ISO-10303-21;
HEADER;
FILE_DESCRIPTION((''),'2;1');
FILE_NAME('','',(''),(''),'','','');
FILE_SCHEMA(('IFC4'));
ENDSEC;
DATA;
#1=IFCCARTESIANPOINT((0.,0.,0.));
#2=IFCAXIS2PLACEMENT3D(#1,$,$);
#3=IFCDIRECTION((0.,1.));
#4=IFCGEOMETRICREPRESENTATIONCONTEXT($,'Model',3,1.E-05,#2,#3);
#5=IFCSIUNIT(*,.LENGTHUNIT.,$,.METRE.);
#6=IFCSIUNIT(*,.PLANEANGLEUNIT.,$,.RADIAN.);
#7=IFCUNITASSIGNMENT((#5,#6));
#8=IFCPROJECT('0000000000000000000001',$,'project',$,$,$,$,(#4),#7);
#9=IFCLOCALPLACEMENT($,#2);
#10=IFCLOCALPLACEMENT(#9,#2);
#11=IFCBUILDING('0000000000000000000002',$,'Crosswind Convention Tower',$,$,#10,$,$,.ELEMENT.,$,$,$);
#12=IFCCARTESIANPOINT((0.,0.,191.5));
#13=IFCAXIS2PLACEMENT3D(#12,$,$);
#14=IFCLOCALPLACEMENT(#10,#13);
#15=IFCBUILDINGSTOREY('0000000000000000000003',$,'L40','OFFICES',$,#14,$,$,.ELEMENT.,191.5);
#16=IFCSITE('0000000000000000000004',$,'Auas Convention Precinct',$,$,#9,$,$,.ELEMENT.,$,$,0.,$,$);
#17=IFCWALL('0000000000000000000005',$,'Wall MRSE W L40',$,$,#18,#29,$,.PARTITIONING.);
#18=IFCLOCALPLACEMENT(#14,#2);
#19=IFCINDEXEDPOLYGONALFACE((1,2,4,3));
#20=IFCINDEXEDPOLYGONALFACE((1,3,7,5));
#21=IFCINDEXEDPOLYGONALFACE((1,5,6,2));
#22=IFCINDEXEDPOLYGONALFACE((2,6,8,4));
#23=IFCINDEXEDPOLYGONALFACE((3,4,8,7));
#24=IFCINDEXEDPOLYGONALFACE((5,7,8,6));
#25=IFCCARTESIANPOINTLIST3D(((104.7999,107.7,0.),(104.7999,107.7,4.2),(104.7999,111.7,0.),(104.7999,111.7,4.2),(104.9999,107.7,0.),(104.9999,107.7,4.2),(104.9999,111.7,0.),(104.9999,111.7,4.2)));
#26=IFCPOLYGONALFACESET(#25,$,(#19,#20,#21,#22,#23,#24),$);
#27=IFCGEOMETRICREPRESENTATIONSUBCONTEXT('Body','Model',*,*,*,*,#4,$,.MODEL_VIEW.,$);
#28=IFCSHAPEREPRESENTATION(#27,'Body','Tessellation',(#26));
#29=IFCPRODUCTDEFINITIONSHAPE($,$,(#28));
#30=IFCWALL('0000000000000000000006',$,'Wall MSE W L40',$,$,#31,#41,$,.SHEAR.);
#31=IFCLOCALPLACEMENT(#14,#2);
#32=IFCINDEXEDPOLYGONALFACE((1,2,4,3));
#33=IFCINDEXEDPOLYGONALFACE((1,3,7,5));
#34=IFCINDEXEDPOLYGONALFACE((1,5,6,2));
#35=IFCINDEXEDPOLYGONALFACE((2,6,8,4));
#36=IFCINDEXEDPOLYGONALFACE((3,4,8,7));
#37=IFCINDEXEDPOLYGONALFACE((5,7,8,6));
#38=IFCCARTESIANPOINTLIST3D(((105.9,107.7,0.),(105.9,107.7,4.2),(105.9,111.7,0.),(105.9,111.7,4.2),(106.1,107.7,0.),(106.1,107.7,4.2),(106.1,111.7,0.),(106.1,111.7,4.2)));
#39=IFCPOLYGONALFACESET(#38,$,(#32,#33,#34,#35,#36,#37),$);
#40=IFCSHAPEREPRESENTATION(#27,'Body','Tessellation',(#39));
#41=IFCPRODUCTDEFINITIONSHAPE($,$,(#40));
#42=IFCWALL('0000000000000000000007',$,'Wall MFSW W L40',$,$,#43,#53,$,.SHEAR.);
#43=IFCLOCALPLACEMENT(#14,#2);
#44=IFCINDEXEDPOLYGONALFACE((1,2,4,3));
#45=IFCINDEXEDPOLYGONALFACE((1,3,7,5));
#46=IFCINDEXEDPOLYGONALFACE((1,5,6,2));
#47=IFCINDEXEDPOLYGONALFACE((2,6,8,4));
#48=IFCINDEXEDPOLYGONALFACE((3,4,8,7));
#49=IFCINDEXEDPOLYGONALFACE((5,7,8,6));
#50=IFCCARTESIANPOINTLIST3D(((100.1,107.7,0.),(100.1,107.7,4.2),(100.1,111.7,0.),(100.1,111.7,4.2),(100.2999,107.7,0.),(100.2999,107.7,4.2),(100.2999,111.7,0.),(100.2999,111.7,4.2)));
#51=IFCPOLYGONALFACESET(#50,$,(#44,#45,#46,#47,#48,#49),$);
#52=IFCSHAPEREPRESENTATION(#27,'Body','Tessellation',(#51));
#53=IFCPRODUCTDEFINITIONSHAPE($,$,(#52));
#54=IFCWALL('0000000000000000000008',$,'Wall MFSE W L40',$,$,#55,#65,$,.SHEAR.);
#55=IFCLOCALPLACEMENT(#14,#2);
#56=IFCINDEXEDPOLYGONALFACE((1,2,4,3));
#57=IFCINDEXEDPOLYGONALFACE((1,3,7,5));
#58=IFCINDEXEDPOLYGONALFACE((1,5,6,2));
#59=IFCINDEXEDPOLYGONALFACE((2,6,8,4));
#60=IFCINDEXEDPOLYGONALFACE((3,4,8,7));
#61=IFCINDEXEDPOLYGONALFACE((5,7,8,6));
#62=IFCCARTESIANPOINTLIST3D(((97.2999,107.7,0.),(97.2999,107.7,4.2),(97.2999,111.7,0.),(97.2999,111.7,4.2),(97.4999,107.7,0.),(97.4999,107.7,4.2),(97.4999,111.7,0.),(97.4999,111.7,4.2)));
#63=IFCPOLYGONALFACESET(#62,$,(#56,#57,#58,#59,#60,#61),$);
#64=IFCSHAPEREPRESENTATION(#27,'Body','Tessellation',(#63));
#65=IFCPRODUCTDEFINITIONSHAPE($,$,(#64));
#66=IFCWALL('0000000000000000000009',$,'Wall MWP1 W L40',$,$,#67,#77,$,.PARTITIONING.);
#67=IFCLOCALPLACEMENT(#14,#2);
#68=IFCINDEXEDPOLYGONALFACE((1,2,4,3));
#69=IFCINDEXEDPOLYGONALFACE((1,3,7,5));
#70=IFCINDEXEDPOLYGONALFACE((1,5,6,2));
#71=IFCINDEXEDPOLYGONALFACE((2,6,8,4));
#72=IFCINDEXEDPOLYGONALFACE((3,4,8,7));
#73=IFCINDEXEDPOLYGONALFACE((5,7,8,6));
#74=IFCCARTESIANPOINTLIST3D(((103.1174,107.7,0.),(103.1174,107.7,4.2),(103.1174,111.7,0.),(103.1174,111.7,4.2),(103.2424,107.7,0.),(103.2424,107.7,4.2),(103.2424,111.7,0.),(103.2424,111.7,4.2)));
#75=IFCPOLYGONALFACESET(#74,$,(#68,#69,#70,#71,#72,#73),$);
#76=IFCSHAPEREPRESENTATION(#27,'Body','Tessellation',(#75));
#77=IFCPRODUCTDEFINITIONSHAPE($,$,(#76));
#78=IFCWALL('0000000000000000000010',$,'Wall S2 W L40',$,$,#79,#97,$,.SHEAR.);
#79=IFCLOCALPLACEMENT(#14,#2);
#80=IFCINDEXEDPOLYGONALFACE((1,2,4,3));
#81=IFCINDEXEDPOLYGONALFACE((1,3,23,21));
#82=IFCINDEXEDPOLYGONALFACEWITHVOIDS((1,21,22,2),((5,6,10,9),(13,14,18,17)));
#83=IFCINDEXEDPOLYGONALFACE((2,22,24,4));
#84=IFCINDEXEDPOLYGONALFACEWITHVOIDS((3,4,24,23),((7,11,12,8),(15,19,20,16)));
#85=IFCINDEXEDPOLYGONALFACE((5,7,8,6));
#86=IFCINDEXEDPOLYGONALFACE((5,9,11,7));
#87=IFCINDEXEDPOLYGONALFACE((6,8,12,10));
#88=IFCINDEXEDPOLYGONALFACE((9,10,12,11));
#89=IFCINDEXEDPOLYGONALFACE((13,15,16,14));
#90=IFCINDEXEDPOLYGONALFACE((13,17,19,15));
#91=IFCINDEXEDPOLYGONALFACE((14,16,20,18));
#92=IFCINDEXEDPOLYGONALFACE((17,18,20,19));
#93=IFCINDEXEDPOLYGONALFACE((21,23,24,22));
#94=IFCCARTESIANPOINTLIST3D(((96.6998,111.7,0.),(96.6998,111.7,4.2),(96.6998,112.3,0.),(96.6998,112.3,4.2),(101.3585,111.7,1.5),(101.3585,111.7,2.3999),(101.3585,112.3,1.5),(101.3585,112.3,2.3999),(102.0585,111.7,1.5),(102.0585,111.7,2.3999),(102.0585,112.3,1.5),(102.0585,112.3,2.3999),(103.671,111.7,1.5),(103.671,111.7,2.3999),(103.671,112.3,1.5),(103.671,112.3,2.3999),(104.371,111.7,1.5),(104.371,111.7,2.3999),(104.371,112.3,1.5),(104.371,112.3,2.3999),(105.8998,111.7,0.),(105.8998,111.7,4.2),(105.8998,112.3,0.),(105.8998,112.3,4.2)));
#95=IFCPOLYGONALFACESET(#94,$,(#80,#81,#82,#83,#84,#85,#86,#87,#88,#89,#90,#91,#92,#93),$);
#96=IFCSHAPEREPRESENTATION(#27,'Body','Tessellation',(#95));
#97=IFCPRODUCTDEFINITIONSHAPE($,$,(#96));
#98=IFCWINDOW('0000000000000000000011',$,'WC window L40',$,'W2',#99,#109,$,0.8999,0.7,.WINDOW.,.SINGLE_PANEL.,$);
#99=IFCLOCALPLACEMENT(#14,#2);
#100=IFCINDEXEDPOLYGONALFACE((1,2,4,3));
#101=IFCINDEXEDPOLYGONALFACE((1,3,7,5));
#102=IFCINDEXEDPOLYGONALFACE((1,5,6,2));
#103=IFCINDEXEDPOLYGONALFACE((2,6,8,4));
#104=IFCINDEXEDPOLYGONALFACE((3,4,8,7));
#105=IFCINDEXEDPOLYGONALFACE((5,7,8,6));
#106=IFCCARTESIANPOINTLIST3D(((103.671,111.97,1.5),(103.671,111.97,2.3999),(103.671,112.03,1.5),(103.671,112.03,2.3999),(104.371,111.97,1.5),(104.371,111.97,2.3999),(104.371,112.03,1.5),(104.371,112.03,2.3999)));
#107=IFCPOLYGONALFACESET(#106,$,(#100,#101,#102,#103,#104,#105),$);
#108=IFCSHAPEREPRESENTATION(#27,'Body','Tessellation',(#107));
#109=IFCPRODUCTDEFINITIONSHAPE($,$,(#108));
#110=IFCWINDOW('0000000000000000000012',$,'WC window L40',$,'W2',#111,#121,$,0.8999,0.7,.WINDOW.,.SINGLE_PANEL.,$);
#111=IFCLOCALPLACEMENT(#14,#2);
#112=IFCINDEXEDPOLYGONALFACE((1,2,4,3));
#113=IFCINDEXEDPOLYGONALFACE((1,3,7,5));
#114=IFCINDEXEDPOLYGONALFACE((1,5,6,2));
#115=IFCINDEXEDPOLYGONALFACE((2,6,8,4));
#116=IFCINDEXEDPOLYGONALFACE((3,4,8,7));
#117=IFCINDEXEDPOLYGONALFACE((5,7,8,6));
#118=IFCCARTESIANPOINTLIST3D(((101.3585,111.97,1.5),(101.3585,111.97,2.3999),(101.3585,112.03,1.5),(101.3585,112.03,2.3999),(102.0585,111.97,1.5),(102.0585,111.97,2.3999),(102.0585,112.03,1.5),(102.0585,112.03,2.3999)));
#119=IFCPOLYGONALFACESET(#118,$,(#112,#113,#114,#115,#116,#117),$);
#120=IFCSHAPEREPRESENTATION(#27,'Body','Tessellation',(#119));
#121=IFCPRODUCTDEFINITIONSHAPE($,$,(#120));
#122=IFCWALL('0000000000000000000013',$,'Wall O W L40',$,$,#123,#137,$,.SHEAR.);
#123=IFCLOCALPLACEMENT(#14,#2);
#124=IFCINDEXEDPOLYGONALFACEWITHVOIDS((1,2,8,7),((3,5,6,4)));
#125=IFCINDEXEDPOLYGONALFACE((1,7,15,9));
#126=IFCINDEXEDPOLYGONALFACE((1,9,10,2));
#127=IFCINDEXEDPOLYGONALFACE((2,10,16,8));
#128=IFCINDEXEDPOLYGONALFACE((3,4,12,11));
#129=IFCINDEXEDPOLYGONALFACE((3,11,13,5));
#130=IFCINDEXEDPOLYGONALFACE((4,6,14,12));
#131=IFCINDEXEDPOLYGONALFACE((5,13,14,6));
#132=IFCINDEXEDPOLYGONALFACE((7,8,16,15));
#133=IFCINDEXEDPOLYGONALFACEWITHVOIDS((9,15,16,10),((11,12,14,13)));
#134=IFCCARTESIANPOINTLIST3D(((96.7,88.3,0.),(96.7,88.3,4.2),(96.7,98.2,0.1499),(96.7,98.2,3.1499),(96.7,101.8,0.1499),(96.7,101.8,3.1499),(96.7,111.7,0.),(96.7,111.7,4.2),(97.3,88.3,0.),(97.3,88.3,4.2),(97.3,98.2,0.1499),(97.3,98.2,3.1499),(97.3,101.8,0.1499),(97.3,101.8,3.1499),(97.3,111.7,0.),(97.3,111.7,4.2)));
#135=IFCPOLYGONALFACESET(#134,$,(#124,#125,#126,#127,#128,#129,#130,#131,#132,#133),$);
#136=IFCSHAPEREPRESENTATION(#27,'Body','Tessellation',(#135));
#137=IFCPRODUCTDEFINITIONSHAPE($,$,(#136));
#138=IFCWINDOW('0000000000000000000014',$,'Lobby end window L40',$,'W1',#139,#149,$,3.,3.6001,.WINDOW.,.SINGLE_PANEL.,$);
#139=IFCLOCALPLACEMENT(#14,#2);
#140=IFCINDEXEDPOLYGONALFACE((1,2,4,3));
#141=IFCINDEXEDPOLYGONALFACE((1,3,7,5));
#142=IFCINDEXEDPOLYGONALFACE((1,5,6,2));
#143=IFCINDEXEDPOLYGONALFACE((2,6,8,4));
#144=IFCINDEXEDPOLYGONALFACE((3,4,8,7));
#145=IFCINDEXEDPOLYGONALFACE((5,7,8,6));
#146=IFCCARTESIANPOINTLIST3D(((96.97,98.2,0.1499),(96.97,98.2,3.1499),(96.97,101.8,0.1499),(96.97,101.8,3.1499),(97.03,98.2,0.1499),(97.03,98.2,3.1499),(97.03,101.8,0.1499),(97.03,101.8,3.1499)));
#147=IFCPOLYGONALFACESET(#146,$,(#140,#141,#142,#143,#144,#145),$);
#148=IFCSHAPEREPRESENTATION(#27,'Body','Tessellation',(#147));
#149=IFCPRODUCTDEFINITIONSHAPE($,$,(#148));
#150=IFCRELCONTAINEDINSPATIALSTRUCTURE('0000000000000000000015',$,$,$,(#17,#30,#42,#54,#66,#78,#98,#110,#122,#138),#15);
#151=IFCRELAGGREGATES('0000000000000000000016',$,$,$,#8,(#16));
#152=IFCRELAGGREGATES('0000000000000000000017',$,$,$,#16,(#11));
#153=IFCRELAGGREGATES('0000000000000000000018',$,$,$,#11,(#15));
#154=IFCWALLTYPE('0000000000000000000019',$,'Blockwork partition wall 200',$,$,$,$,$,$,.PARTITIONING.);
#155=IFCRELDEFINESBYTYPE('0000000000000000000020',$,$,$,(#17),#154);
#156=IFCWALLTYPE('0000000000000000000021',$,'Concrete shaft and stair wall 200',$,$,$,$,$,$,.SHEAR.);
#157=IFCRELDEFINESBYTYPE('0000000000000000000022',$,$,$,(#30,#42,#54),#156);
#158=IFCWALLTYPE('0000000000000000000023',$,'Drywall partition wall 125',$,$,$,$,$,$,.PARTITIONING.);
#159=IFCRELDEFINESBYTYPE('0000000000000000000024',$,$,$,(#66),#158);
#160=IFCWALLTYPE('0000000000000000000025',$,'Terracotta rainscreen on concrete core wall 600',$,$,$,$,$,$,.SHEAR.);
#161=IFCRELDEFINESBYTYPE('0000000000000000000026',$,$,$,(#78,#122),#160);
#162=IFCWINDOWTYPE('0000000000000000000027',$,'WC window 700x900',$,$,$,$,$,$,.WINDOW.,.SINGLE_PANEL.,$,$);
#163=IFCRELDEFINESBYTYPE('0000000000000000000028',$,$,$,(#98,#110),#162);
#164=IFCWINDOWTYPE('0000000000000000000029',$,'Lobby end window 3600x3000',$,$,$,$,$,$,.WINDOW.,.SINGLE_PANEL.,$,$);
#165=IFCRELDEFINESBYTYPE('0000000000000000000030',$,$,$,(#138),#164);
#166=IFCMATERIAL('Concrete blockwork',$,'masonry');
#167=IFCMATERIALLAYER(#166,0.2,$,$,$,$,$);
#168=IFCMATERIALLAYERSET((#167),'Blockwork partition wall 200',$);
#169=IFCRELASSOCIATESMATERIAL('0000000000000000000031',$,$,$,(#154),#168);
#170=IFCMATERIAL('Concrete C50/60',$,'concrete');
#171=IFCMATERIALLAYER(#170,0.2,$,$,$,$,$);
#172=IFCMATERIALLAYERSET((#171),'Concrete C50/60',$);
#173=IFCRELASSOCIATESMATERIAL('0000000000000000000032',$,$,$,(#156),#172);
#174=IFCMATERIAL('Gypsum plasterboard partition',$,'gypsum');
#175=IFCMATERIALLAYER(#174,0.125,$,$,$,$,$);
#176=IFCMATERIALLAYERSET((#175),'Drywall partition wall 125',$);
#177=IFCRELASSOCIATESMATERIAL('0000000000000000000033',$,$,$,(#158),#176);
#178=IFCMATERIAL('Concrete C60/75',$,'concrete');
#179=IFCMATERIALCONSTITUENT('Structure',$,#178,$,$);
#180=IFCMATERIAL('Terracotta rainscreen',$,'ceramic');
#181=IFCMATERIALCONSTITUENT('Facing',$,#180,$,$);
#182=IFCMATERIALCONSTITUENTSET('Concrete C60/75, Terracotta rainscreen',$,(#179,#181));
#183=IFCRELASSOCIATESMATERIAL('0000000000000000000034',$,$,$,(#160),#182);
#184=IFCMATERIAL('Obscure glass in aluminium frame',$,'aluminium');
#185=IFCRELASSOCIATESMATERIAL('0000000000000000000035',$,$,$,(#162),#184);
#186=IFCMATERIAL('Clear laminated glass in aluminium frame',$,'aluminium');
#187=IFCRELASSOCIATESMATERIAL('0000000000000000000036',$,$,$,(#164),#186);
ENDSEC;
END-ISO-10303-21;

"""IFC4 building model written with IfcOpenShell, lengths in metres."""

from ifc_helpers import new_model, si_unit, direction, frame, frame_2d, origin, place, context, subcontext, project, spatial, rectangle, extrude, material, layer, layer_set, constituent, constituent_set, type_object, element, fill, save


model = new_model("IFC4")

# Units and contexts
model_context = context("Model", 3, precision=1e-05, world=origin(), true_north=direction((0.0, 1.0)))
body_context = subcontext(model_context, "Body", "Model", "MODEL_VIEW")
ifc_project = project(units=[si_unit("LENGTHUNIT", "METRE"), si_unit("PLANEANGLEUNIT", "RADIAN")], contexts=[model_context])

# Site, building, storey
site_placement = place(None, origin())
site = spatial("IfcSite", under=ifc_project, at=site_placement, Name="Auas Convention Precinct", CompositionType="ELEMENT", RefElevation=0.0)
building_placement = place(site_placement, origin())
building = spatial("IfcBuilding", under=site, at=building_placement, Name="Crosswind Convention Tower", CompositionType="ELEMENT")
storey_placement = place(building_placement, frame((0.0, 0.0, 191.5)))
storey = spatial("IfcBuildingStorey", under=building, at=storey_placement, Name="L40", Description="OFFICES", CompositionType="ELEMENT", Elevation=191.5)

# Walls
ifc_material_1 = material(Name="Concrete blockwork", Category="masonry")
ifc_layer_1 = layer(ifc_material_1, 0.2)
ifc_layer_set_1 = layer_set([ifc_layer_1], Name="Blockwork partition wall 200")
wall_type_1 = type_object("IfcWallType", Name="Blockwork partition wall 200", PredefinedType="PARTITIONING", material=ifc_layer_set_1)
wall_1_placement = place(storey_placement, frame((104.8999, 111.7, 0.0), z_axis=(0.0, 0.0, 1.0), x_axis=(0.0, -1.0, 0.0)))
element("IfcWall", 1, at=wall_1_placement, inside=storey, type_object=wall_type_1, Name="Wall MRSE W L40", PredefinedType="PARTITIONING", context=body_context, shape_type="SweptSolid", body=[
    extrude(rectangle(XDim=4.0, YDim=0.2, at=frame_2d((2.0, 0.0))), origin(), (0.0, 0.0, 1.0), 4.2),
])
ifc_material_2 = material(Name="Concrete C50/60", Category="concrete")
ifc_layer_2 = layer(ifc_material_2, 0.2)
ifc_layer_set_2 = layer_set([ifc_layer_2], Name="Concrete C50/60")
wall_type_2 = type_object("IfcWallType", Name="Concrete shaft and stair wall 200", PredefinedType="SHEAR", material=ifc_layer_set_2)
for number, where, z_axis, x_axis, name in (
    (2, (106.0, 111.7, 0.0), (0.0, 0.0, 1.0), (0.0, -1.0, 0.0), "Wall MSE W L40"),
    (3, (100.2, 111.7, 0.0), (0.0, 0.0, 1.0), (0.0, -1.0, 0.0), "Wall MFSW W L40"),
    (4, (97.3999, 111.7, 0.0), (0.0, 0.0, 1.0), (0.0, -1.0, 0.0), "Wall MFSE W L40"),
):
    element("IfcWall", number, at=place(storey_placement, frame(where, z_axis=z_axis, x_axis=x_axis)), inside=storey, type_object=wall_type_2, Name=name, PredefinedType="SHEAR", context=body_context, shape_type="SweptSolid", body=[
        extrude(rectangle(XDim=4.0, YDim=0.2, at=frame_2d((2.0, 0.0))), origin(), (0.0, 0.0, 1.0), 4.2),
    ])
ifc_material_3 = material(Name="Gypsum plasterboard partition", Category="gypsum")
ifc_layer_3 = layer(ifc_material_3, 0.125)
ifc_layer_set_3 = layer_set([ifc_layer_3], Name="Drywall partition wall 125")
wall_type_3 = type_object("IfcWallType", Name="Drywall partition wall 125", PredefinedType="PARTITIONING", material=ifc_layer_set_3)
wall_2_placement = place(storey_placement, frame((103.1799, 111.7, 0.0), z_axis=(0.0, 0.0, 1.0), x_axis=(0.0, -1.0, 0.0)))
element("IfcWall", 5, at=wall_2_placement, inside=storey, type_object=wall_type_3, Name="Wall MWP1 W L40", PredefinedType="PARTITIONING", context=body_context, shape_type="SweptSolid", body=[
    extrude(rectangle(XDim=4.0, YDim=0.125, at=frame_2d((2.0, 0.0))), origin(), (0.0, 0.0, 1.0), 4.2),
])

# Wall, openings, windows
ifc_material_4 = material(Name="Concrete C60/75", Category="concrete")
ifc_constituent_1 = constituent(ifc_material_4, Name="Structure")
ifc_material_5 = material(Name="Terracotta rainscreen", Category="ceramic")
ifc_constituent_2 = constituent(ifc_material_5, Name="Facing")
ifc_constituent_set = constituent_set(constituents=[ifc_constituent_1, ifc_constituent_2], Name="Concrete C60/75, Terracotta rainscreen")
wall_type_4 = type_object("IfcWallType", Name="Terracotta rainscreen on concrete core wall 600", PredefinedType="SHEAR", material=ifc_constituent_set)
wall_3_placement = place(storey_placement, frame((105.8999, 112.0, 0.0), z_axis=(0.0, 0.0, 1.0), x_axis=(-1.0, 0.0, 0.0)))
wall_3 = element("IfcWall", 6, at=wall_3_placement, inside=storey, type_object=wall_type_4, Name="Wall S2 W L40", PredefinedType="SHEAR", context=body_context, shape_type="SweptSolid", body=[
    extrude(rectangle(XDim=9.2, YDim=0.6001, at=frame_2d((4.6001, 0.0))), origin(), (0.0, 0.0, 1.0), 4.2),
])
opening_1_placement = place(wall_3_placement, frame((1.5288, 0.0, 1.5)))
opening_1 = element("IfcOpeningElement", 7, at=opening_1_placement, cuts=wall_3, PredefinedType="OPENING", context=body_context, shape_type="SweptSolid", body=[
    extrude(rectangle(XDim=0.7, YDim=0.8999, at=frame_2d((0.3501, 0.45))), frame((0.0, 0.3101, 0.0), z_axis=(0.0, -1.0, 0.0), x_axis=(1.0, 0.0, 0.0)), (0.0, 0.0, 1.0), 0.6201),
])
opening_2_placement = place(wall_3_placement, frame((3.8413, 0.0, 1.5)))
opening_2 = element("IfcOpeningElement", 8, at=opening_2_placement, cuts=wall_3, PredefinedType="OPENING", context=body_context, shape_type="SweptSolid", body=[
    extrude(rectangle(XDim=0.7, YDim=0.8999, at=frame_2d((0.3501, 0.45))), frame((0.0, 0.3101, 0.0), z_axis=(0.0, -1.0, 0.0), x_axis=(1.0, 0.0, 0.0)), (0.0, 0.0, 1.0), 0.6201),
])
ifc_material_6 = material(Name="Obscure glass in aluminium frame", Category="aluminium")
window_type_1 = type_object("IfcWindowType", Name="WC window 700x900", PartitioningType="SINGLE_PANEL", PredefinedType="WINDOW", material=ifc_material_6)
window_1_placement = place(opening_1_placement, origin())
window_1 = element("IfcWindow", 9, at=window_1_placement, inside=storey, type_object=window_type_1, Name="WC window L40", ObjectType="W2", OverallHeight=0.8999, OverallWidth=0.7, PartitioningType="SINGLE_PANEL", PredefinedType="WINDOW", context=body_context, shape_type="SweptSolid", body=[
    extrude(rectangle(XDim=0.7, YDim=0.8999, at=frame_2d((0.3501, 0.45))), frame((0.0, 0.03, 0.0), z_axis=(0.0, -1.0, 0.0), x_axis=(1.0, 0.0, 0.0)), (0.0, 0.0, 1.0), 0.0601),
])
fill(opening_1, window_1)
window_2_placement = place(opening_2_placement, origin())
window_2 = element("IfcWindow", 10, at=window_2_placement, inside=storey, type_object=window_type_1, Name="WC window L40", ObjectType="W2", OverallHeight=0.8999, OverallWidth=0.7, PartitioningType="SINGLE_PANEL", PredefinedType="WINDOW", context=body_context, shape_type="SweptSolid", body=[
    extrude(rectangle(XDim=0.7, YDim=0.8999, at=frame_2d((0.3501, 0.45))), frame((0.0, 0.03, 0.0), z_axis=(0.0, -1.0, 0.0), x_axis=(1.0, 0.0, 0.0)), (0.0, 0.0, 1.0), 0.0601),
])
fill(opening_2, window_2)

# Wall, opening, window
wall_4_placement = place(storey_placement, frame((97.0, 111.7, 0.0), z_axis=(0.0, 0.0, 1.0), x_axis=(0.0, -1.0, 0.0)))
wall_4 = element("IfcWall", 11, at=wall_4_placement, inside=storey, type_object=wall_type_4, Name="Wall O W L40", PredefinedType="SHEAR", context=body_context, shape_type="SweptSolid", body=[
    extrude(rectangle(XDim=23.3999, YDim=0.6001, at=frame_2d((11.7, 0.0))), origin(), (0.0, 0.0, 1.0), 4.2),
])
opening_3_placement = place(wall_4_placement, frame((9.8999, 0.0, 0.1499)))
opening_3 = element("IfcOpeningElement", 12, at=opening_3_placement, cuts=wall_4, PredefinedType="OPENING", context=body_context, shape_type="SweptSolid", body=[
    extrude(rectangle(XDim=3.6001, YDim=3.0, at=frame_2d((1.8, 1.5))), frame((0.0, 0.3101, 0.0), z_axis=(0.0, -1.0, 0.0), x_axis=(1.0, 0.0, 0.0)), (0.0, 0.0, 1.0), 0.6201),
])
ifc_material_7 = material(Name="Clear laminated glass in aluminium frame", Category="aluminium")
window_type_2 = type_object("IfcWindowType", Name="Lobby end window 3600x3000", PartitioningType="SINGLE_PANEL", PredefinedType="WINDOW", material=ifc_material_7)
window_3_placement = place(opening_3_placement, origin())
window_3 = element("IfcWindow", 13, at=window_3_placement, inside=storey, type_object=window_type_2, Name="Lobby end window L40", ObjectType="W1", OverallHeight=3.0, OverallWidth=3.6001, PartitioningType="SINGLE_PANEL", PredefinedType="WINDOW", context=body_context, shape_type="SweptSolid", body=[
    extrude(rectangle(XDim=3.6001, YDim=3.0, at=frame_2d((1.8, 1.5))), frame((0.0, 0.03, 0.0), z_axis=(0.0, -1.0, 0.0), x_axis=(1.0, 0.0, 0.0)), (0.0, 0.0, 1.0), 0.0601),
])
fill(opening_3, window_3)

save(model, "model.ifc")
